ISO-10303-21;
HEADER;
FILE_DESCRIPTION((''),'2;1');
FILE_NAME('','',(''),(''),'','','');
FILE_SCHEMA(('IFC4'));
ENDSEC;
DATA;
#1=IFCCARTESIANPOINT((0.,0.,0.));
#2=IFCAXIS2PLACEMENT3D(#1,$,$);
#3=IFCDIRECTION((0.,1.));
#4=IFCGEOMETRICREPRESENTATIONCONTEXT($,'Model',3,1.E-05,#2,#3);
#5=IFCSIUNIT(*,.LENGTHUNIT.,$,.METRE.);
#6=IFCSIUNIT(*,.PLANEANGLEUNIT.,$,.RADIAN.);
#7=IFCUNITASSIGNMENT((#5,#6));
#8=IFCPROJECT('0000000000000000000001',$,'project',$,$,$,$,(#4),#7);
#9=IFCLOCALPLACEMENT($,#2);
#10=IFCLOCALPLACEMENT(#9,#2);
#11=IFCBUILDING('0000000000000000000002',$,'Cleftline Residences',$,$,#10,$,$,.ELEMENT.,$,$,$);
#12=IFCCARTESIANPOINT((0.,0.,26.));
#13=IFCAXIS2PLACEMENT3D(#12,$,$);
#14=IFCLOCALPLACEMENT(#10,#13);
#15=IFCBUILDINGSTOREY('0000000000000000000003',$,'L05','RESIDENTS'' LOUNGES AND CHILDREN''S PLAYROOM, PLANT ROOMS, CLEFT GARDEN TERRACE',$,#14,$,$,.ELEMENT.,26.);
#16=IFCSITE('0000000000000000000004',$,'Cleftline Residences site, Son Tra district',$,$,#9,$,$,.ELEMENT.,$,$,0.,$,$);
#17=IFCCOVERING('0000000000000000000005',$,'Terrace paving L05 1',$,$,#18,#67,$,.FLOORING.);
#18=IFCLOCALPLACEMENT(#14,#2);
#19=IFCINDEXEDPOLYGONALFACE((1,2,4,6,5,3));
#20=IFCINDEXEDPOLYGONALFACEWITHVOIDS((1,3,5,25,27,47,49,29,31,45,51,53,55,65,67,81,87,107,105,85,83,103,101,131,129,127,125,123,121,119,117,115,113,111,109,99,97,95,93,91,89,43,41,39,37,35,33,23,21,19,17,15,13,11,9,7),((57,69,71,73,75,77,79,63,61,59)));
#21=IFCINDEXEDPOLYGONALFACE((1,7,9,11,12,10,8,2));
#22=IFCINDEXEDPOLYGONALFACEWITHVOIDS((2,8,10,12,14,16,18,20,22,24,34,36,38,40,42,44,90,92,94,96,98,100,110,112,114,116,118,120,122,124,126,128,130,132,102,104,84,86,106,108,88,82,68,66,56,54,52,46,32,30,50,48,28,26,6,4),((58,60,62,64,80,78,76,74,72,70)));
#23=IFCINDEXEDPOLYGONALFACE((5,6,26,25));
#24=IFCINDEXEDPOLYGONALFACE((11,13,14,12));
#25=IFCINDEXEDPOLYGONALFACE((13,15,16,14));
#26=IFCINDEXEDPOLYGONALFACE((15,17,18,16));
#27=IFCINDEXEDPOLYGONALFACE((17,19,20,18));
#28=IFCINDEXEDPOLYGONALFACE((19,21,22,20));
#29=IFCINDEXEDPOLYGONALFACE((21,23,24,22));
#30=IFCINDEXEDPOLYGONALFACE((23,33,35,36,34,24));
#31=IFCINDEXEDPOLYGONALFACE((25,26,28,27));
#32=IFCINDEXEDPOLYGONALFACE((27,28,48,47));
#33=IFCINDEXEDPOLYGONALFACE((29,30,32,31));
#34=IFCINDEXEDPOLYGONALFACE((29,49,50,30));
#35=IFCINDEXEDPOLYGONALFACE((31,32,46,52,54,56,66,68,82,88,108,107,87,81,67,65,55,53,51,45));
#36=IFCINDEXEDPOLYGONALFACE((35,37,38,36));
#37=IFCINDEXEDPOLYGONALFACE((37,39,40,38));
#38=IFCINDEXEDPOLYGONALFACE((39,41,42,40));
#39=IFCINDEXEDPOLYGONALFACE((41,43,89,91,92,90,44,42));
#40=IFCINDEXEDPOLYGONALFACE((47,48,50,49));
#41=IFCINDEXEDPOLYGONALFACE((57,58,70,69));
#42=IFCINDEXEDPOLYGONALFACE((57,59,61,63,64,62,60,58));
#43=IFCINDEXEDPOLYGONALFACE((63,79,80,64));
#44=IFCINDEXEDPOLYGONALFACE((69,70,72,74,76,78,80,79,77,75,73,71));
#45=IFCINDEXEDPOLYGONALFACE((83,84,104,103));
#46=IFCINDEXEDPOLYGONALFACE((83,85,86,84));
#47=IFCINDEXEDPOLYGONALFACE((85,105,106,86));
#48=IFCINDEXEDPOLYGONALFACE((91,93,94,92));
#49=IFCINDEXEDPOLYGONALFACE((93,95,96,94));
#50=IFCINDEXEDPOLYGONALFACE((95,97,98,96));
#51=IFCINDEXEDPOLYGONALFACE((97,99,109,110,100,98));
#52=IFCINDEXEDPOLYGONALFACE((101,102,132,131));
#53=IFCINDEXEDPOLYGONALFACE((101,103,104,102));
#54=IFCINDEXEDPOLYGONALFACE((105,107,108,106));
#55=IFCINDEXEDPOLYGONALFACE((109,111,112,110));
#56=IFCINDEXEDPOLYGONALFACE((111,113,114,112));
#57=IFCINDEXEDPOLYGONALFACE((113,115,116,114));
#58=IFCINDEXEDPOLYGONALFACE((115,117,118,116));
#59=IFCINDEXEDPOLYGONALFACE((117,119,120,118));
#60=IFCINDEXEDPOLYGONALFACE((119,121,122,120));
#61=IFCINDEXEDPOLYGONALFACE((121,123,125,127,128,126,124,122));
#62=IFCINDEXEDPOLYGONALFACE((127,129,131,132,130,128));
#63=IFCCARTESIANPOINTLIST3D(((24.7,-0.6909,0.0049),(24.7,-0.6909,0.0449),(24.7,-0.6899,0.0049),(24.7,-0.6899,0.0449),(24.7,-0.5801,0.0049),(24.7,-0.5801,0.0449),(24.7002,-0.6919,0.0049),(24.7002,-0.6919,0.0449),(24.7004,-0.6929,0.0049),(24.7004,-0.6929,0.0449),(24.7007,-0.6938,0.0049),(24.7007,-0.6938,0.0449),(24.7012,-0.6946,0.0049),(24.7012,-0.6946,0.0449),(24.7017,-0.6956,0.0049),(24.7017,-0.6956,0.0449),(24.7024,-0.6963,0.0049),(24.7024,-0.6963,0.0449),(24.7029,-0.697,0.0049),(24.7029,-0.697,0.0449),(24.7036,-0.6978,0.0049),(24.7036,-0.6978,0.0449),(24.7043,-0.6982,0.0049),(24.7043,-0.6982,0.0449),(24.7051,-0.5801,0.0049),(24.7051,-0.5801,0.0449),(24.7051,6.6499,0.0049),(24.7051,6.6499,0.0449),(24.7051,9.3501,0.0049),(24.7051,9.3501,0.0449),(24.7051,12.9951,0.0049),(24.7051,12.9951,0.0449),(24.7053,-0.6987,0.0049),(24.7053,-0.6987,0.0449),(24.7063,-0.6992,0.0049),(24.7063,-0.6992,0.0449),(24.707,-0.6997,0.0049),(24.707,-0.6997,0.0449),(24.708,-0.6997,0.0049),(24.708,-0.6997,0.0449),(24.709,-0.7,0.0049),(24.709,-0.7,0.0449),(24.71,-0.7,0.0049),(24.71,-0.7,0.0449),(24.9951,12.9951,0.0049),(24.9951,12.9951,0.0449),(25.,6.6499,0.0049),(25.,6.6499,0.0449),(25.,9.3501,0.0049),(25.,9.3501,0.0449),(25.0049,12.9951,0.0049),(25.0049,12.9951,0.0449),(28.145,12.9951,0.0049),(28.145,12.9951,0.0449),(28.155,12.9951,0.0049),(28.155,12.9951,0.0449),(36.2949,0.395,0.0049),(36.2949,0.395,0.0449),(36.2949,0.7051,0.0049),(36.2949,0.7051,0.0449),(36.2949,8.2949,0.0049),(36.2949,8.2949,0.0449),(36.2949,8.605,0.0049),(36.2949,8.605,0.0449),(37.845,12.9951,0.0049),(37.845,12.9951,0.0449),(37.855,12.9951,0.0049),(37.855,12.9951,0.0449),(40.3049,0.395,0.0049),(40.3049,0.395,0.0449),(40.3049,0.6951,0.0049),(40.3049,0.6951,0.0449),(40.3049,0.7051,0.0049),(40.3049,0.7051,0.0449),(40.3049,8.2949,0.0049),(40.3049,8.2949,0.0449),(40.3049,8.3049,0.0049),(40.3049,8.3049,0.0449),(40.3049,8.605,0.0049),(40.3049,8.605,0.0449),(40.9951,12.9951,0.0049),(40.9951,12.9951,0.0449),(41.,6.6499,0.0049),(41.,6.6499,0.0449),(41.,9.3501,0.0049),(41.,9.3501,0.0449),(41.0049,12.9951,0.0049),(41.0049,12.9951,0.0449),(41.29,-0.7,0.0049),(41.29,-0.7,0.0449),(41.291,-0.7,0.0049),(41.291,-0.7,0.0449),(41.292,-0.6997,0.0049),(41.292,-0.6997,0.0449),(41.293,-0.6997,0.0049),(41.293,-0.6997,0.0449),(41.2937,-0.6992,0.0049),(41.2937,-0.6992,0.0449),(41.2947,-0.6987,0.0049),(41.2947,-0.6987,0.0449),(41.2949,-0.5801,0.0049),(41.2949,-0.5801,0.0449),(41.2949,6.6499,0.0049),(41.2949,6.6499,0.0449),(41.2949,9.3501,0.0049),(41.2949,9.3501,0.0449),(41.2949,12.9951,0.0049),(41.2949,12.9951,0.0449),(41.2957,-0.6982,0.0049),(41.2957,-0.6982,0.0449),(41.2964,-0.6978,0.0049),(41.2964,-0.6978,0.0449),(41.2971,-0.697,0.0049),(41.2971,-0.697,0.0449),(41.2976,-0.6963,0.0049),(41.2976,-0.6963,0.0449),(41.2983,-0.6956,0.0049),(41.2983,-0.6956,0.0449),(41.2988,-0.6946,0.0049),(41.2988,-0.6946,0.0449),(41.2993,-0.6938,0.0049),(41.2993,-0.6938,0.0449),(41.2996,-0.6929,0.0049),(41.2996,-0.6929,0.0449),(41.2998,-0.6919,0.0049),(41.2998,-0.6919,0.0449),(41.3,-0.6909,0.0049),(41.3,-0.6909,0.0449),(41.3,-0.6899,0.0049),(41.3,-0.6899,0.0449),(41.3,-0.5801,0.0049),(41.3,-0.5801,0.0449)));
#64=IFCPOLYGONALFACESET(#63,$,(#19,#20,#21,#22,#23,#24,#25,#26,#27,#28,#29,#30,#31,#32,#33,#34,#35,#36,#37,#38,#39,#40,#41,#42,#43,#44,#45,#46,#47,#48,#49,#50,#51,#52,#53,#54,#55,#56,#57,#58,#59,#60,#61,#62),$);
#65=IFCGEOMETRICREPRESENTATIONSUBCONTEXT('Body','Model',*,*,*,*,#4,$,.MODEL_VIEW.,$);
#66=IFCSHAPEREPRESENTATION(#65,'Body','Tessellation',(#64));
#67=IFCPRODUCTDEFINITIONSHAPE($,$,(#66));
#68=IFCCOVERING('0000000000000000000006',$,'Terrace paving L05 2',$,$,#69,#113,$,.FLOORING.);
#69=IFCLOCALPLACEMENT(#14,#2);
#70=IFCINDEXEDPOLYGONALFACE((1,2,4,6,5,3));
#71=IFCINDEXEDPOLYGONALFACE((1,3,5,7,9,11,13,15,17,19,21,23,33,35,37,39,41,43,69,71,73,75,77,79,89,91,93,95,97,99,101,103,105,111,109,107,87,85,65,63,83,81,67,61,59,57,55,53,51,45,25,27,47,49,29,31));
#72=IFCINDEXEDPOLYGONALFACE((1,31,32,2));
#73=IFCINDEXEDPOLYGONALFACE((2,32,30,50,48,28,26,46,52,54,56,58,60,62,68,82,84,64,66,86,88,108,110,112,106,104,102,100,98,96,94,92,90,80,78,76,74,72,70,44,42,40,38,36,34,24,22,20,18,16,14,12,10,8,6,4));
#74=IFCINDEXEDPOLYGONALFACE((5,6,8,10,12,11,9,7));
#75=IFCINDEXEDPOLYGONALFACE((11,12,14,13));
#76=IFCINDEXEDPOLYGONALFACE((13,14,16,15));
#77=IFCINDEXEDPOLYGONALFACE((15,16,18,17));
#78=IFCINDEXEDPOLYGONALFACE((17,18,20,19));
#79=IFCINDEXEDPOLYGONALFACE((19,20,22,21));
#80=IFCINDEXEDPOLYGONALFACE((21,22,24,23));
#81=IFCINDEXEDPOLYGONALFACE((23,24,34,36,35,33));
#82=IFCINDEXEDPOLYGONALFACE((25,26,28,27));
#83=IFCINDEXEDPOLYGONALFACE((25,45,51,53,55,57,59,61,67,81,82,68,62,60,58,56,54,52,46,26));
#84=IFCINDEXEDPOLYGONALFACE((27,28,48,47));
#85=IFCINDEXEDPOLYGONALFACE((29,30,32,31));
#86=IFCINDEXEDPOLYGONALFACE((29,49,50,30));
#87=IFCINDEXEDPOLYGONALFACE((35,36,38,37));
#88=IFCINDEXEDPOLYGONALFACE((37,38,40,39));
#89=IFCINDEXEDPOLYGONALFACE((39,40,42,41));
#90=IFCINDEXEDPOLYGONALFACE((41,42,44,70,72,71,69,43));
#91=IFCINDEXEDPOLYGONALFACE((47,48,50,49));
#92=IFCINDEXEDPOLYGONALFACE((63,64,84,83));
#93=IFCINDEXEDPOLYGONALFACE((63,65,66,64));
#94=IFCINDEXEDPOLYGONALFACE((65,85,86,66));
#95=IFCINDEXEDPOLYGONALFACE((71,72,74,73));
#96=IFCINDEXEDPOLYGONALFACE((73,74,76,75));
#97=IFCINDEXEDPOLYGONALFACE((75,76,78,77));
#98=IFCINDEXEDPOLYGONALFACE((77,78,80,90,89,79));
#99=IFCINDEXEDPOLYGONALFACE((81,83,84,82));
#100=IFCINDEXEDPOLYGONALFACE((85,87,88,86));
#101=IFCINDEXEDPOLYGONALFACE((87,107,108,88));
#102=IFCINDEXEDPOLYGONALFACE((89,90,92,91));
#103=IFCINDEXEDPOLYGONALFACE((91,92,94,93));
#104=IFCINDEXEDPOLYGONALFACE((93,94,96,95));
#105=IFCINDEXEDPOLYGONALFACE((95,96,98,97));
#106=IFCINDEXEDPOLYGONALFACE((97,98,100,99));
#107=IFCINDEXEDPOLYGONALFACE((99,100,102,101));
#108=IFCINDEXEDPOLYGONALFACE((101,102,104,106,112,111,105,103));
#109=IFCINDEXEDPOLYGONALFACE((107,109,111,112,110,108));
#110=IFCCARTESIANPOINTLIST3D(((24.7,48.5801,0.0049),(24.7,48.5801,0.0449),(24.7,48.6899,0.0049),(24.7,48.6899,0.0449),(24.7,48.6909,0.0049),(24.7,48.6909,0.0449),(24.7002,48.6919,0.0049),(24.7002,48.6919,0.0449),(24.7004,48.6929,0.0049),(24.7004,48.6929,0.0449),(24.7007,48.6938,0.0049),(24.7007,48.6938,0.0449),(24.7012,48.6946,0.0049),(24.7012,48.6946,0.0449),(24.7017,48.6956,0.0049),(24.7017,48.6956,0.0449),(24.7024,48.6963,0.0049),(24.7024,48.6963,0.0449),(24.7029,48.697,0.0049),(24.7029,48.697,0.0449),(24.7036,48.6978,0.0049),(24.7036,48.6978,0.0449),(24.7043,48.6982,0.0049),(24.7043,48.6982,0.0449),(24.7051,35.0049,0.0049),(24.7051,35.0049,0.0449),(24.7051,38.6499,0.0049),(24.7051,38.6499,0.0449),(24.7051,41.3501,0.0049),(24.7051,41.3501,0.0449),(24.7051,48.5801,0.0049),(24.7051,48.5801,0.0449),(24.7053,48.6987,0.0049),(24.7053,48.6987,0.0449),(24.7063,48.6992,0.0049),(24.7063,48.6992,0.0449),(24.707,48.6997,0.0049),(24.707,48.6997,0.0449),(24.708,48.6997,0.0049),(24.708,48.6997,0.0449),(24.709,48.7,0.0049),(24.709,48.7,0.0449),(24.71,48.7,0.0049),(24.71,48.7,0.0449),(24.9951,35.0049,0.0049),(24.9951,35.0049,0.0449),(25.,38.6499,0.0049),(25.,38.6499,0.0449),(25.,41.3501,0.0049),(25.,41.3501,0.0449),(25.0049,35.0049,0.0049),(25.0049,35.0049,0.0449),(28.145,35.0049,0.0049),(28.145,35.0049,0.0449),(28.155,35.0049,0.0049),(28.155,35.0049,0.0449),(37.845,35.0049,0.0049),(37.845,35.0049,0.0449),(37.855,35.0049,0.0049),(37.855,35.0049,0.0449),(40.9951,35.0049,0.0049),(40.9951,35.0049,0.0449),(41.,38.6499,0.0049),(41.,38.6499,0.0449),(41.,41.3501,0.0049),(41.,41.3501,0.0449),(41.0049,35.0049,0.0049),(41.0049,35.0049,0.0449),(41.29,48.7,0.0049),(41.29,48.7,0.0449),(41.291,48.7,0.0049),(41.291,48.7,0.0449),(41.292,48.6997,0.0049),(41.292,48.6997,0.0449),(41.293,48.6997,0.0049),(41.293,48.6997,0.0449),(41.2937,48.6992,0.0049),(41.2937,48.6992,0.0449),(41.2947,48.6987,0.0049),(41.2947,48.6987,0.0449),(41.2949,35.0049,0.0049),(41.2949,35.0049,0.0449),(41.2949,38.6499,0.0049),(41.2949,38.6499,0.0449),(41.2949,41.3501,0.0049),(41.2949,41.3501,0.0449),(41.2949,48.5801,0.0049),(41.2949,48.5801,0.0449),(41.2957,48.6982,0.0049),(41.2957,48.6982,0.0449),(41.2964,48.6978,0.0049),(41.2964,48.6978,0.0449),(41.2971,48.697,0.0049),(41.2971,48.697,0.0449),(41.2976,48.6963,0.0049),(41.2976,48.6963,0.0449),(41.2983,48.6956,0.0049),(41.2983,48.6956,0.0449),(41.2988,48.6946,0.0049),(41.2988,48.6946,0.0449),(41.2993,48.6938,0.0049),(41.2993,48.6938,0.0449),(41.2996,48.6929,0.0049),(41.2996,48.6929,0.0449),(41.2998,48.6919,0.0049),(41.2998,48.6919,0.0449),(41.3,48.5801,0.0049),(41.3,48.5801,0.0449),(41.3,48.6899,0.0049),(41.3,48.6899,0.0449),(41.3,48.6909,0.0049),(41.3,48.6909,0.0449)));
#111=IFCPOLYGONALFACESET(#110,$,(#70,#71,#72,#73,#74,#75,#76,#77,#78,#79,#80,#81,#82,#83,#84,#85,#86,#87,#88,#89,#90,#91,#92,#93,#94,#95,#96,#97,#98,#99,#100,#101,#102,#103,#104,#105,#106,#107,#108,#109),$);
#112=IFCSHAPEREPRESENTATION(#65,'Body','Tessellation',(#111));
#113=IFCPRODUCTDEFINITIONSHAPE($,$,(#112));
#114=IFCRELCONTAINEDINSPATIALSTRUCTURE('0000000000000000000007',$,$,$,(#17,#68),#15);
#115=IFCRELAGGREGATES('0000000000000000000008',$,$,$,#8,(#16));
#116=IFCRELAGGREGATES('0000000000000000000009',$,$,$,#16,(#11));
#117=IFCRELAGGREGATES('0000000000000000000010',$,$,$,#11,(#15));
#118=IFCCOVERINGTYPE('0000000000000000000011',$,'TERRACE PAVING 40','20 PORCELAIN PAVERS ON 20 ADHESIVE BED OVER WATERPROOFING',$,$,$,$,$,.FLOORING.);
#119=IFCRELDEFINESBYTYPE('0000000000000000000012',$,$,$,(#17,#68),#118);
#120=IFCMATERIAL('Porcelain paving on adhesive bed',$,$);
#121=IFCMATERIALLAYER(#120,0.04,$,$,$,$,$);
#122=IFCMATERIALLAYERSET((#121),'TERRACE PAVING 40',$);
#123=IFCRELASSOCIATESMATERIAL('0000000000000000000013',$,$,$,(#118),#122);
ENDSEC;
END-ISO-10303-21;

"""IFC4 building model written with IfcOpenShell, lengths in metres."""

from ifc_helpers import new_model, si_unit, direction, frame, origin, place, context, subcontext, project, spatial, polyline, outline, extrude, material, layer, layer_set, type_object, element, save


model = new_model("IFC4")

# Units and contexts
model_context = context("Model", 3, precision=1e-05, world=origin(), true_north=direction((0.0, 1.0)))
body_context = subcontext(model_context, "Body", "Model", "MODEL_VIEW")
ifc_project = project(units=[si_unit("LENGTHUNIT", "METRE"), si_unit("PLANEANGLEUNIT", "RADIAN")], contexts=[model_context])

# Site, building, storey
site_placement = place(None, origin())
site = spatial("IfcSite", under=ifc_project, at=site_placement, Name="Cleftline Residences site, Son Tra district", CompositionType="ELEMENT", RefElevation=0.0)
building_placement = place(site_placement, origin())
building = spatial("IfcBuilding", under=site, at=building_placement, Name="Cleftline Residences", CompositionType="ELEMENT")
storey_placement = place(building_placement, frame((0.0, 0.0, 26.0)))
storey = spatial("IfcBuildingStorey", under=building, at=storey_placement, Name="L05", Description="RESIDENTS' LOUNGES AND CHILDREN'S PLAYROOM, PLANT ROOMS, CLEFT GARDEN TERRACE", CompositionType="ELEMENT", Elevation=26.0)

# Coverings
ifc_material_1 = material(Name="Porcelain paving on adhesive bed")
ifc_layer_1 = layer(ifc_material_1, 0.04)
ifc_layer_set_1 = layer_set([ifc_layer_1], Name="TERRACE PAVING 40")
covering_type_1 = type_object("IfcCoveringType", Name="TERRACE PAVING 40", Description="20 PORCELAIN PAVERS ON 20 ADHESIVE BED OVER WATERPROOFING", PredefinedType="FLOORING", material=ifc_layer_set_1)
covering_1_placement = place(storey_placement, frame((0.0, 0.0, 0.0049)))
element("IfcCovering", 1, at=covering_1_placement, inside=storey, type_object=covering_type_1, Name="Terrace paving L05 1", PredefinedType="FLOORING", context=body_context, shape_type="SweptSolid", body=[
    extrude(outline(polyline([(41.29, -0.7), (41.291, -0.7), (41.292, -0.6997), (41.293, -0.6997), (41.2937, -0.6992), (41.2947, -0.6987), (41.2957, -0.6982), (41.2964, -0.6978), (41.2971, -0.697), (41.2976, -0.6963), (41.2983, -0.6956), (41.2988, -0.6946), (41.2993, -0.6938), (41.2996, -0.6929), (41.2998, -0.6919), (41.3, -0.6909), (41.3, -0.6899), (41.3, -0.5801), (41.2949, -0.5801), (41.2949, 6.6499), (41.0, 6.6499), (41.0, 9.3501), (41.2949, 9.3501), (41.2949, 12.9951), (41.0049, 12.9951), (40.9951, 12.9951), (37.855, 12.9951), (37.845, 12.9951), (28.155, 12.9951), (28.145, 12.9951), (25.0049, 12.9951), (24.9951, 12.9951), (24.7051, 12.9951), (24.7051, 9.3501), (25.0, 9.3501), (25.0, 6.6499), (24.7051, 6.6499), (24.7051, -0.5801), (24.7, -0.5801), (24.7, -0.6899), (24.7, -0.6909), (24.7002, -0.6919), (24.7004, -0.6929), (24.7007, -0.6938), (24.7012, -0.6946), (24.7017, -0.6956), (24.7024, -0.6963), (24.7029, -0.697), (24.7036, -0.6978), (24.7043, -0.6982), (24.7053, -0.6987), (24.7063, -0.6992), (24.707, -0.6997), (24.708, -0.6997), (24.709, -0.7), (24.71, -0.7), (41.29, -0.7)]), holes=[polyline([(36.2949, 8.2949), (36.2949, 0.7051), (36.2949, 0.7051), (36.2949, 0.395), (40.3049, 0.395), (40.3049, 0.6951), (40.3049, 0.7051), (40.3049, 8.2949), (40.3049, 8.3049), (40.3049, 8.605), (36.2949, 8.605), (36.2949, 8.2949), (36.2949, 8.2949)])]), origin(), (0.0, 0.0, 1.0), 0.04),
])
covering_2_placement = place(storey_placement, frame((0.0, 0.0, 0.0049)))
element("IfcCovering", 2, at=covering_2_placement, inside=storey, type_object=covering_type_1, Name="Terrace paving L05 2", PredefinedType="FLOORING", context=body_context, shape_type="SweptSolid", body=[
    extrude(outline(polyline([(24.71, 48.7), (24.709, 48.7), (24.708, 48.6997), (24.707, 48.6997), (24.7063, 48.6992), (24.7053, 48.6987), (24.7043, 48.6982), (24.7036, 48.6978), (24.7029, 48.697), (24.7024, 48.6963), (24.7017, 48.6956), (24.7012, 48.6946), (24.7007, 48.6938), (24.7004, 48.6929), (24.7002, 48.6919), (24.7, 48.6909), (24.7, 48.6899), (24.7, 48.5801), (24.7051, 48.5801), (24.7051, 41.3501), (25.0, 41.3501), (25.0, 38.6499), (24.7051, 38.6499), (24.7051, 35.0049), (24.9951, 35.0049), (25.0049, 35.0049), (28.145, 35.0049), (28.155, 35.0049), (37.845, 35.0049), (37.855, 35.0049), (40.9951, 35.0049), (41.0049, 35.0049), (41.2949, 35.0049), (41.2949, 38.6499), (41.0, 38.6499), (41.0, 41.3501), (41.2949, 41.3501), (41.2949, 48.5801), (41.3, 48.5801), (41.3, 48.6899), (41.3, 48.6909), (41.2998, 48.6919), (41.2996, 48.6929), (41.2993, 48.6938), (41.2988, 48.6946), (41.2983, 48.6956), (41.2976, 48.6963), (41.2971, 48.697), (41.2964, 48.6978), (41.2957, 48.6982), (41.2947, 48.6987), (41.2937, 48.6992), (41.293, 48.6997), (41.292, 48.6997), (41.291, 48.7), (41.29, 48.7), (24.71, 48.7)])), origin(), (0.0, 0.0, 1.0), 0.04),
])

save(model, "model.ifc")
